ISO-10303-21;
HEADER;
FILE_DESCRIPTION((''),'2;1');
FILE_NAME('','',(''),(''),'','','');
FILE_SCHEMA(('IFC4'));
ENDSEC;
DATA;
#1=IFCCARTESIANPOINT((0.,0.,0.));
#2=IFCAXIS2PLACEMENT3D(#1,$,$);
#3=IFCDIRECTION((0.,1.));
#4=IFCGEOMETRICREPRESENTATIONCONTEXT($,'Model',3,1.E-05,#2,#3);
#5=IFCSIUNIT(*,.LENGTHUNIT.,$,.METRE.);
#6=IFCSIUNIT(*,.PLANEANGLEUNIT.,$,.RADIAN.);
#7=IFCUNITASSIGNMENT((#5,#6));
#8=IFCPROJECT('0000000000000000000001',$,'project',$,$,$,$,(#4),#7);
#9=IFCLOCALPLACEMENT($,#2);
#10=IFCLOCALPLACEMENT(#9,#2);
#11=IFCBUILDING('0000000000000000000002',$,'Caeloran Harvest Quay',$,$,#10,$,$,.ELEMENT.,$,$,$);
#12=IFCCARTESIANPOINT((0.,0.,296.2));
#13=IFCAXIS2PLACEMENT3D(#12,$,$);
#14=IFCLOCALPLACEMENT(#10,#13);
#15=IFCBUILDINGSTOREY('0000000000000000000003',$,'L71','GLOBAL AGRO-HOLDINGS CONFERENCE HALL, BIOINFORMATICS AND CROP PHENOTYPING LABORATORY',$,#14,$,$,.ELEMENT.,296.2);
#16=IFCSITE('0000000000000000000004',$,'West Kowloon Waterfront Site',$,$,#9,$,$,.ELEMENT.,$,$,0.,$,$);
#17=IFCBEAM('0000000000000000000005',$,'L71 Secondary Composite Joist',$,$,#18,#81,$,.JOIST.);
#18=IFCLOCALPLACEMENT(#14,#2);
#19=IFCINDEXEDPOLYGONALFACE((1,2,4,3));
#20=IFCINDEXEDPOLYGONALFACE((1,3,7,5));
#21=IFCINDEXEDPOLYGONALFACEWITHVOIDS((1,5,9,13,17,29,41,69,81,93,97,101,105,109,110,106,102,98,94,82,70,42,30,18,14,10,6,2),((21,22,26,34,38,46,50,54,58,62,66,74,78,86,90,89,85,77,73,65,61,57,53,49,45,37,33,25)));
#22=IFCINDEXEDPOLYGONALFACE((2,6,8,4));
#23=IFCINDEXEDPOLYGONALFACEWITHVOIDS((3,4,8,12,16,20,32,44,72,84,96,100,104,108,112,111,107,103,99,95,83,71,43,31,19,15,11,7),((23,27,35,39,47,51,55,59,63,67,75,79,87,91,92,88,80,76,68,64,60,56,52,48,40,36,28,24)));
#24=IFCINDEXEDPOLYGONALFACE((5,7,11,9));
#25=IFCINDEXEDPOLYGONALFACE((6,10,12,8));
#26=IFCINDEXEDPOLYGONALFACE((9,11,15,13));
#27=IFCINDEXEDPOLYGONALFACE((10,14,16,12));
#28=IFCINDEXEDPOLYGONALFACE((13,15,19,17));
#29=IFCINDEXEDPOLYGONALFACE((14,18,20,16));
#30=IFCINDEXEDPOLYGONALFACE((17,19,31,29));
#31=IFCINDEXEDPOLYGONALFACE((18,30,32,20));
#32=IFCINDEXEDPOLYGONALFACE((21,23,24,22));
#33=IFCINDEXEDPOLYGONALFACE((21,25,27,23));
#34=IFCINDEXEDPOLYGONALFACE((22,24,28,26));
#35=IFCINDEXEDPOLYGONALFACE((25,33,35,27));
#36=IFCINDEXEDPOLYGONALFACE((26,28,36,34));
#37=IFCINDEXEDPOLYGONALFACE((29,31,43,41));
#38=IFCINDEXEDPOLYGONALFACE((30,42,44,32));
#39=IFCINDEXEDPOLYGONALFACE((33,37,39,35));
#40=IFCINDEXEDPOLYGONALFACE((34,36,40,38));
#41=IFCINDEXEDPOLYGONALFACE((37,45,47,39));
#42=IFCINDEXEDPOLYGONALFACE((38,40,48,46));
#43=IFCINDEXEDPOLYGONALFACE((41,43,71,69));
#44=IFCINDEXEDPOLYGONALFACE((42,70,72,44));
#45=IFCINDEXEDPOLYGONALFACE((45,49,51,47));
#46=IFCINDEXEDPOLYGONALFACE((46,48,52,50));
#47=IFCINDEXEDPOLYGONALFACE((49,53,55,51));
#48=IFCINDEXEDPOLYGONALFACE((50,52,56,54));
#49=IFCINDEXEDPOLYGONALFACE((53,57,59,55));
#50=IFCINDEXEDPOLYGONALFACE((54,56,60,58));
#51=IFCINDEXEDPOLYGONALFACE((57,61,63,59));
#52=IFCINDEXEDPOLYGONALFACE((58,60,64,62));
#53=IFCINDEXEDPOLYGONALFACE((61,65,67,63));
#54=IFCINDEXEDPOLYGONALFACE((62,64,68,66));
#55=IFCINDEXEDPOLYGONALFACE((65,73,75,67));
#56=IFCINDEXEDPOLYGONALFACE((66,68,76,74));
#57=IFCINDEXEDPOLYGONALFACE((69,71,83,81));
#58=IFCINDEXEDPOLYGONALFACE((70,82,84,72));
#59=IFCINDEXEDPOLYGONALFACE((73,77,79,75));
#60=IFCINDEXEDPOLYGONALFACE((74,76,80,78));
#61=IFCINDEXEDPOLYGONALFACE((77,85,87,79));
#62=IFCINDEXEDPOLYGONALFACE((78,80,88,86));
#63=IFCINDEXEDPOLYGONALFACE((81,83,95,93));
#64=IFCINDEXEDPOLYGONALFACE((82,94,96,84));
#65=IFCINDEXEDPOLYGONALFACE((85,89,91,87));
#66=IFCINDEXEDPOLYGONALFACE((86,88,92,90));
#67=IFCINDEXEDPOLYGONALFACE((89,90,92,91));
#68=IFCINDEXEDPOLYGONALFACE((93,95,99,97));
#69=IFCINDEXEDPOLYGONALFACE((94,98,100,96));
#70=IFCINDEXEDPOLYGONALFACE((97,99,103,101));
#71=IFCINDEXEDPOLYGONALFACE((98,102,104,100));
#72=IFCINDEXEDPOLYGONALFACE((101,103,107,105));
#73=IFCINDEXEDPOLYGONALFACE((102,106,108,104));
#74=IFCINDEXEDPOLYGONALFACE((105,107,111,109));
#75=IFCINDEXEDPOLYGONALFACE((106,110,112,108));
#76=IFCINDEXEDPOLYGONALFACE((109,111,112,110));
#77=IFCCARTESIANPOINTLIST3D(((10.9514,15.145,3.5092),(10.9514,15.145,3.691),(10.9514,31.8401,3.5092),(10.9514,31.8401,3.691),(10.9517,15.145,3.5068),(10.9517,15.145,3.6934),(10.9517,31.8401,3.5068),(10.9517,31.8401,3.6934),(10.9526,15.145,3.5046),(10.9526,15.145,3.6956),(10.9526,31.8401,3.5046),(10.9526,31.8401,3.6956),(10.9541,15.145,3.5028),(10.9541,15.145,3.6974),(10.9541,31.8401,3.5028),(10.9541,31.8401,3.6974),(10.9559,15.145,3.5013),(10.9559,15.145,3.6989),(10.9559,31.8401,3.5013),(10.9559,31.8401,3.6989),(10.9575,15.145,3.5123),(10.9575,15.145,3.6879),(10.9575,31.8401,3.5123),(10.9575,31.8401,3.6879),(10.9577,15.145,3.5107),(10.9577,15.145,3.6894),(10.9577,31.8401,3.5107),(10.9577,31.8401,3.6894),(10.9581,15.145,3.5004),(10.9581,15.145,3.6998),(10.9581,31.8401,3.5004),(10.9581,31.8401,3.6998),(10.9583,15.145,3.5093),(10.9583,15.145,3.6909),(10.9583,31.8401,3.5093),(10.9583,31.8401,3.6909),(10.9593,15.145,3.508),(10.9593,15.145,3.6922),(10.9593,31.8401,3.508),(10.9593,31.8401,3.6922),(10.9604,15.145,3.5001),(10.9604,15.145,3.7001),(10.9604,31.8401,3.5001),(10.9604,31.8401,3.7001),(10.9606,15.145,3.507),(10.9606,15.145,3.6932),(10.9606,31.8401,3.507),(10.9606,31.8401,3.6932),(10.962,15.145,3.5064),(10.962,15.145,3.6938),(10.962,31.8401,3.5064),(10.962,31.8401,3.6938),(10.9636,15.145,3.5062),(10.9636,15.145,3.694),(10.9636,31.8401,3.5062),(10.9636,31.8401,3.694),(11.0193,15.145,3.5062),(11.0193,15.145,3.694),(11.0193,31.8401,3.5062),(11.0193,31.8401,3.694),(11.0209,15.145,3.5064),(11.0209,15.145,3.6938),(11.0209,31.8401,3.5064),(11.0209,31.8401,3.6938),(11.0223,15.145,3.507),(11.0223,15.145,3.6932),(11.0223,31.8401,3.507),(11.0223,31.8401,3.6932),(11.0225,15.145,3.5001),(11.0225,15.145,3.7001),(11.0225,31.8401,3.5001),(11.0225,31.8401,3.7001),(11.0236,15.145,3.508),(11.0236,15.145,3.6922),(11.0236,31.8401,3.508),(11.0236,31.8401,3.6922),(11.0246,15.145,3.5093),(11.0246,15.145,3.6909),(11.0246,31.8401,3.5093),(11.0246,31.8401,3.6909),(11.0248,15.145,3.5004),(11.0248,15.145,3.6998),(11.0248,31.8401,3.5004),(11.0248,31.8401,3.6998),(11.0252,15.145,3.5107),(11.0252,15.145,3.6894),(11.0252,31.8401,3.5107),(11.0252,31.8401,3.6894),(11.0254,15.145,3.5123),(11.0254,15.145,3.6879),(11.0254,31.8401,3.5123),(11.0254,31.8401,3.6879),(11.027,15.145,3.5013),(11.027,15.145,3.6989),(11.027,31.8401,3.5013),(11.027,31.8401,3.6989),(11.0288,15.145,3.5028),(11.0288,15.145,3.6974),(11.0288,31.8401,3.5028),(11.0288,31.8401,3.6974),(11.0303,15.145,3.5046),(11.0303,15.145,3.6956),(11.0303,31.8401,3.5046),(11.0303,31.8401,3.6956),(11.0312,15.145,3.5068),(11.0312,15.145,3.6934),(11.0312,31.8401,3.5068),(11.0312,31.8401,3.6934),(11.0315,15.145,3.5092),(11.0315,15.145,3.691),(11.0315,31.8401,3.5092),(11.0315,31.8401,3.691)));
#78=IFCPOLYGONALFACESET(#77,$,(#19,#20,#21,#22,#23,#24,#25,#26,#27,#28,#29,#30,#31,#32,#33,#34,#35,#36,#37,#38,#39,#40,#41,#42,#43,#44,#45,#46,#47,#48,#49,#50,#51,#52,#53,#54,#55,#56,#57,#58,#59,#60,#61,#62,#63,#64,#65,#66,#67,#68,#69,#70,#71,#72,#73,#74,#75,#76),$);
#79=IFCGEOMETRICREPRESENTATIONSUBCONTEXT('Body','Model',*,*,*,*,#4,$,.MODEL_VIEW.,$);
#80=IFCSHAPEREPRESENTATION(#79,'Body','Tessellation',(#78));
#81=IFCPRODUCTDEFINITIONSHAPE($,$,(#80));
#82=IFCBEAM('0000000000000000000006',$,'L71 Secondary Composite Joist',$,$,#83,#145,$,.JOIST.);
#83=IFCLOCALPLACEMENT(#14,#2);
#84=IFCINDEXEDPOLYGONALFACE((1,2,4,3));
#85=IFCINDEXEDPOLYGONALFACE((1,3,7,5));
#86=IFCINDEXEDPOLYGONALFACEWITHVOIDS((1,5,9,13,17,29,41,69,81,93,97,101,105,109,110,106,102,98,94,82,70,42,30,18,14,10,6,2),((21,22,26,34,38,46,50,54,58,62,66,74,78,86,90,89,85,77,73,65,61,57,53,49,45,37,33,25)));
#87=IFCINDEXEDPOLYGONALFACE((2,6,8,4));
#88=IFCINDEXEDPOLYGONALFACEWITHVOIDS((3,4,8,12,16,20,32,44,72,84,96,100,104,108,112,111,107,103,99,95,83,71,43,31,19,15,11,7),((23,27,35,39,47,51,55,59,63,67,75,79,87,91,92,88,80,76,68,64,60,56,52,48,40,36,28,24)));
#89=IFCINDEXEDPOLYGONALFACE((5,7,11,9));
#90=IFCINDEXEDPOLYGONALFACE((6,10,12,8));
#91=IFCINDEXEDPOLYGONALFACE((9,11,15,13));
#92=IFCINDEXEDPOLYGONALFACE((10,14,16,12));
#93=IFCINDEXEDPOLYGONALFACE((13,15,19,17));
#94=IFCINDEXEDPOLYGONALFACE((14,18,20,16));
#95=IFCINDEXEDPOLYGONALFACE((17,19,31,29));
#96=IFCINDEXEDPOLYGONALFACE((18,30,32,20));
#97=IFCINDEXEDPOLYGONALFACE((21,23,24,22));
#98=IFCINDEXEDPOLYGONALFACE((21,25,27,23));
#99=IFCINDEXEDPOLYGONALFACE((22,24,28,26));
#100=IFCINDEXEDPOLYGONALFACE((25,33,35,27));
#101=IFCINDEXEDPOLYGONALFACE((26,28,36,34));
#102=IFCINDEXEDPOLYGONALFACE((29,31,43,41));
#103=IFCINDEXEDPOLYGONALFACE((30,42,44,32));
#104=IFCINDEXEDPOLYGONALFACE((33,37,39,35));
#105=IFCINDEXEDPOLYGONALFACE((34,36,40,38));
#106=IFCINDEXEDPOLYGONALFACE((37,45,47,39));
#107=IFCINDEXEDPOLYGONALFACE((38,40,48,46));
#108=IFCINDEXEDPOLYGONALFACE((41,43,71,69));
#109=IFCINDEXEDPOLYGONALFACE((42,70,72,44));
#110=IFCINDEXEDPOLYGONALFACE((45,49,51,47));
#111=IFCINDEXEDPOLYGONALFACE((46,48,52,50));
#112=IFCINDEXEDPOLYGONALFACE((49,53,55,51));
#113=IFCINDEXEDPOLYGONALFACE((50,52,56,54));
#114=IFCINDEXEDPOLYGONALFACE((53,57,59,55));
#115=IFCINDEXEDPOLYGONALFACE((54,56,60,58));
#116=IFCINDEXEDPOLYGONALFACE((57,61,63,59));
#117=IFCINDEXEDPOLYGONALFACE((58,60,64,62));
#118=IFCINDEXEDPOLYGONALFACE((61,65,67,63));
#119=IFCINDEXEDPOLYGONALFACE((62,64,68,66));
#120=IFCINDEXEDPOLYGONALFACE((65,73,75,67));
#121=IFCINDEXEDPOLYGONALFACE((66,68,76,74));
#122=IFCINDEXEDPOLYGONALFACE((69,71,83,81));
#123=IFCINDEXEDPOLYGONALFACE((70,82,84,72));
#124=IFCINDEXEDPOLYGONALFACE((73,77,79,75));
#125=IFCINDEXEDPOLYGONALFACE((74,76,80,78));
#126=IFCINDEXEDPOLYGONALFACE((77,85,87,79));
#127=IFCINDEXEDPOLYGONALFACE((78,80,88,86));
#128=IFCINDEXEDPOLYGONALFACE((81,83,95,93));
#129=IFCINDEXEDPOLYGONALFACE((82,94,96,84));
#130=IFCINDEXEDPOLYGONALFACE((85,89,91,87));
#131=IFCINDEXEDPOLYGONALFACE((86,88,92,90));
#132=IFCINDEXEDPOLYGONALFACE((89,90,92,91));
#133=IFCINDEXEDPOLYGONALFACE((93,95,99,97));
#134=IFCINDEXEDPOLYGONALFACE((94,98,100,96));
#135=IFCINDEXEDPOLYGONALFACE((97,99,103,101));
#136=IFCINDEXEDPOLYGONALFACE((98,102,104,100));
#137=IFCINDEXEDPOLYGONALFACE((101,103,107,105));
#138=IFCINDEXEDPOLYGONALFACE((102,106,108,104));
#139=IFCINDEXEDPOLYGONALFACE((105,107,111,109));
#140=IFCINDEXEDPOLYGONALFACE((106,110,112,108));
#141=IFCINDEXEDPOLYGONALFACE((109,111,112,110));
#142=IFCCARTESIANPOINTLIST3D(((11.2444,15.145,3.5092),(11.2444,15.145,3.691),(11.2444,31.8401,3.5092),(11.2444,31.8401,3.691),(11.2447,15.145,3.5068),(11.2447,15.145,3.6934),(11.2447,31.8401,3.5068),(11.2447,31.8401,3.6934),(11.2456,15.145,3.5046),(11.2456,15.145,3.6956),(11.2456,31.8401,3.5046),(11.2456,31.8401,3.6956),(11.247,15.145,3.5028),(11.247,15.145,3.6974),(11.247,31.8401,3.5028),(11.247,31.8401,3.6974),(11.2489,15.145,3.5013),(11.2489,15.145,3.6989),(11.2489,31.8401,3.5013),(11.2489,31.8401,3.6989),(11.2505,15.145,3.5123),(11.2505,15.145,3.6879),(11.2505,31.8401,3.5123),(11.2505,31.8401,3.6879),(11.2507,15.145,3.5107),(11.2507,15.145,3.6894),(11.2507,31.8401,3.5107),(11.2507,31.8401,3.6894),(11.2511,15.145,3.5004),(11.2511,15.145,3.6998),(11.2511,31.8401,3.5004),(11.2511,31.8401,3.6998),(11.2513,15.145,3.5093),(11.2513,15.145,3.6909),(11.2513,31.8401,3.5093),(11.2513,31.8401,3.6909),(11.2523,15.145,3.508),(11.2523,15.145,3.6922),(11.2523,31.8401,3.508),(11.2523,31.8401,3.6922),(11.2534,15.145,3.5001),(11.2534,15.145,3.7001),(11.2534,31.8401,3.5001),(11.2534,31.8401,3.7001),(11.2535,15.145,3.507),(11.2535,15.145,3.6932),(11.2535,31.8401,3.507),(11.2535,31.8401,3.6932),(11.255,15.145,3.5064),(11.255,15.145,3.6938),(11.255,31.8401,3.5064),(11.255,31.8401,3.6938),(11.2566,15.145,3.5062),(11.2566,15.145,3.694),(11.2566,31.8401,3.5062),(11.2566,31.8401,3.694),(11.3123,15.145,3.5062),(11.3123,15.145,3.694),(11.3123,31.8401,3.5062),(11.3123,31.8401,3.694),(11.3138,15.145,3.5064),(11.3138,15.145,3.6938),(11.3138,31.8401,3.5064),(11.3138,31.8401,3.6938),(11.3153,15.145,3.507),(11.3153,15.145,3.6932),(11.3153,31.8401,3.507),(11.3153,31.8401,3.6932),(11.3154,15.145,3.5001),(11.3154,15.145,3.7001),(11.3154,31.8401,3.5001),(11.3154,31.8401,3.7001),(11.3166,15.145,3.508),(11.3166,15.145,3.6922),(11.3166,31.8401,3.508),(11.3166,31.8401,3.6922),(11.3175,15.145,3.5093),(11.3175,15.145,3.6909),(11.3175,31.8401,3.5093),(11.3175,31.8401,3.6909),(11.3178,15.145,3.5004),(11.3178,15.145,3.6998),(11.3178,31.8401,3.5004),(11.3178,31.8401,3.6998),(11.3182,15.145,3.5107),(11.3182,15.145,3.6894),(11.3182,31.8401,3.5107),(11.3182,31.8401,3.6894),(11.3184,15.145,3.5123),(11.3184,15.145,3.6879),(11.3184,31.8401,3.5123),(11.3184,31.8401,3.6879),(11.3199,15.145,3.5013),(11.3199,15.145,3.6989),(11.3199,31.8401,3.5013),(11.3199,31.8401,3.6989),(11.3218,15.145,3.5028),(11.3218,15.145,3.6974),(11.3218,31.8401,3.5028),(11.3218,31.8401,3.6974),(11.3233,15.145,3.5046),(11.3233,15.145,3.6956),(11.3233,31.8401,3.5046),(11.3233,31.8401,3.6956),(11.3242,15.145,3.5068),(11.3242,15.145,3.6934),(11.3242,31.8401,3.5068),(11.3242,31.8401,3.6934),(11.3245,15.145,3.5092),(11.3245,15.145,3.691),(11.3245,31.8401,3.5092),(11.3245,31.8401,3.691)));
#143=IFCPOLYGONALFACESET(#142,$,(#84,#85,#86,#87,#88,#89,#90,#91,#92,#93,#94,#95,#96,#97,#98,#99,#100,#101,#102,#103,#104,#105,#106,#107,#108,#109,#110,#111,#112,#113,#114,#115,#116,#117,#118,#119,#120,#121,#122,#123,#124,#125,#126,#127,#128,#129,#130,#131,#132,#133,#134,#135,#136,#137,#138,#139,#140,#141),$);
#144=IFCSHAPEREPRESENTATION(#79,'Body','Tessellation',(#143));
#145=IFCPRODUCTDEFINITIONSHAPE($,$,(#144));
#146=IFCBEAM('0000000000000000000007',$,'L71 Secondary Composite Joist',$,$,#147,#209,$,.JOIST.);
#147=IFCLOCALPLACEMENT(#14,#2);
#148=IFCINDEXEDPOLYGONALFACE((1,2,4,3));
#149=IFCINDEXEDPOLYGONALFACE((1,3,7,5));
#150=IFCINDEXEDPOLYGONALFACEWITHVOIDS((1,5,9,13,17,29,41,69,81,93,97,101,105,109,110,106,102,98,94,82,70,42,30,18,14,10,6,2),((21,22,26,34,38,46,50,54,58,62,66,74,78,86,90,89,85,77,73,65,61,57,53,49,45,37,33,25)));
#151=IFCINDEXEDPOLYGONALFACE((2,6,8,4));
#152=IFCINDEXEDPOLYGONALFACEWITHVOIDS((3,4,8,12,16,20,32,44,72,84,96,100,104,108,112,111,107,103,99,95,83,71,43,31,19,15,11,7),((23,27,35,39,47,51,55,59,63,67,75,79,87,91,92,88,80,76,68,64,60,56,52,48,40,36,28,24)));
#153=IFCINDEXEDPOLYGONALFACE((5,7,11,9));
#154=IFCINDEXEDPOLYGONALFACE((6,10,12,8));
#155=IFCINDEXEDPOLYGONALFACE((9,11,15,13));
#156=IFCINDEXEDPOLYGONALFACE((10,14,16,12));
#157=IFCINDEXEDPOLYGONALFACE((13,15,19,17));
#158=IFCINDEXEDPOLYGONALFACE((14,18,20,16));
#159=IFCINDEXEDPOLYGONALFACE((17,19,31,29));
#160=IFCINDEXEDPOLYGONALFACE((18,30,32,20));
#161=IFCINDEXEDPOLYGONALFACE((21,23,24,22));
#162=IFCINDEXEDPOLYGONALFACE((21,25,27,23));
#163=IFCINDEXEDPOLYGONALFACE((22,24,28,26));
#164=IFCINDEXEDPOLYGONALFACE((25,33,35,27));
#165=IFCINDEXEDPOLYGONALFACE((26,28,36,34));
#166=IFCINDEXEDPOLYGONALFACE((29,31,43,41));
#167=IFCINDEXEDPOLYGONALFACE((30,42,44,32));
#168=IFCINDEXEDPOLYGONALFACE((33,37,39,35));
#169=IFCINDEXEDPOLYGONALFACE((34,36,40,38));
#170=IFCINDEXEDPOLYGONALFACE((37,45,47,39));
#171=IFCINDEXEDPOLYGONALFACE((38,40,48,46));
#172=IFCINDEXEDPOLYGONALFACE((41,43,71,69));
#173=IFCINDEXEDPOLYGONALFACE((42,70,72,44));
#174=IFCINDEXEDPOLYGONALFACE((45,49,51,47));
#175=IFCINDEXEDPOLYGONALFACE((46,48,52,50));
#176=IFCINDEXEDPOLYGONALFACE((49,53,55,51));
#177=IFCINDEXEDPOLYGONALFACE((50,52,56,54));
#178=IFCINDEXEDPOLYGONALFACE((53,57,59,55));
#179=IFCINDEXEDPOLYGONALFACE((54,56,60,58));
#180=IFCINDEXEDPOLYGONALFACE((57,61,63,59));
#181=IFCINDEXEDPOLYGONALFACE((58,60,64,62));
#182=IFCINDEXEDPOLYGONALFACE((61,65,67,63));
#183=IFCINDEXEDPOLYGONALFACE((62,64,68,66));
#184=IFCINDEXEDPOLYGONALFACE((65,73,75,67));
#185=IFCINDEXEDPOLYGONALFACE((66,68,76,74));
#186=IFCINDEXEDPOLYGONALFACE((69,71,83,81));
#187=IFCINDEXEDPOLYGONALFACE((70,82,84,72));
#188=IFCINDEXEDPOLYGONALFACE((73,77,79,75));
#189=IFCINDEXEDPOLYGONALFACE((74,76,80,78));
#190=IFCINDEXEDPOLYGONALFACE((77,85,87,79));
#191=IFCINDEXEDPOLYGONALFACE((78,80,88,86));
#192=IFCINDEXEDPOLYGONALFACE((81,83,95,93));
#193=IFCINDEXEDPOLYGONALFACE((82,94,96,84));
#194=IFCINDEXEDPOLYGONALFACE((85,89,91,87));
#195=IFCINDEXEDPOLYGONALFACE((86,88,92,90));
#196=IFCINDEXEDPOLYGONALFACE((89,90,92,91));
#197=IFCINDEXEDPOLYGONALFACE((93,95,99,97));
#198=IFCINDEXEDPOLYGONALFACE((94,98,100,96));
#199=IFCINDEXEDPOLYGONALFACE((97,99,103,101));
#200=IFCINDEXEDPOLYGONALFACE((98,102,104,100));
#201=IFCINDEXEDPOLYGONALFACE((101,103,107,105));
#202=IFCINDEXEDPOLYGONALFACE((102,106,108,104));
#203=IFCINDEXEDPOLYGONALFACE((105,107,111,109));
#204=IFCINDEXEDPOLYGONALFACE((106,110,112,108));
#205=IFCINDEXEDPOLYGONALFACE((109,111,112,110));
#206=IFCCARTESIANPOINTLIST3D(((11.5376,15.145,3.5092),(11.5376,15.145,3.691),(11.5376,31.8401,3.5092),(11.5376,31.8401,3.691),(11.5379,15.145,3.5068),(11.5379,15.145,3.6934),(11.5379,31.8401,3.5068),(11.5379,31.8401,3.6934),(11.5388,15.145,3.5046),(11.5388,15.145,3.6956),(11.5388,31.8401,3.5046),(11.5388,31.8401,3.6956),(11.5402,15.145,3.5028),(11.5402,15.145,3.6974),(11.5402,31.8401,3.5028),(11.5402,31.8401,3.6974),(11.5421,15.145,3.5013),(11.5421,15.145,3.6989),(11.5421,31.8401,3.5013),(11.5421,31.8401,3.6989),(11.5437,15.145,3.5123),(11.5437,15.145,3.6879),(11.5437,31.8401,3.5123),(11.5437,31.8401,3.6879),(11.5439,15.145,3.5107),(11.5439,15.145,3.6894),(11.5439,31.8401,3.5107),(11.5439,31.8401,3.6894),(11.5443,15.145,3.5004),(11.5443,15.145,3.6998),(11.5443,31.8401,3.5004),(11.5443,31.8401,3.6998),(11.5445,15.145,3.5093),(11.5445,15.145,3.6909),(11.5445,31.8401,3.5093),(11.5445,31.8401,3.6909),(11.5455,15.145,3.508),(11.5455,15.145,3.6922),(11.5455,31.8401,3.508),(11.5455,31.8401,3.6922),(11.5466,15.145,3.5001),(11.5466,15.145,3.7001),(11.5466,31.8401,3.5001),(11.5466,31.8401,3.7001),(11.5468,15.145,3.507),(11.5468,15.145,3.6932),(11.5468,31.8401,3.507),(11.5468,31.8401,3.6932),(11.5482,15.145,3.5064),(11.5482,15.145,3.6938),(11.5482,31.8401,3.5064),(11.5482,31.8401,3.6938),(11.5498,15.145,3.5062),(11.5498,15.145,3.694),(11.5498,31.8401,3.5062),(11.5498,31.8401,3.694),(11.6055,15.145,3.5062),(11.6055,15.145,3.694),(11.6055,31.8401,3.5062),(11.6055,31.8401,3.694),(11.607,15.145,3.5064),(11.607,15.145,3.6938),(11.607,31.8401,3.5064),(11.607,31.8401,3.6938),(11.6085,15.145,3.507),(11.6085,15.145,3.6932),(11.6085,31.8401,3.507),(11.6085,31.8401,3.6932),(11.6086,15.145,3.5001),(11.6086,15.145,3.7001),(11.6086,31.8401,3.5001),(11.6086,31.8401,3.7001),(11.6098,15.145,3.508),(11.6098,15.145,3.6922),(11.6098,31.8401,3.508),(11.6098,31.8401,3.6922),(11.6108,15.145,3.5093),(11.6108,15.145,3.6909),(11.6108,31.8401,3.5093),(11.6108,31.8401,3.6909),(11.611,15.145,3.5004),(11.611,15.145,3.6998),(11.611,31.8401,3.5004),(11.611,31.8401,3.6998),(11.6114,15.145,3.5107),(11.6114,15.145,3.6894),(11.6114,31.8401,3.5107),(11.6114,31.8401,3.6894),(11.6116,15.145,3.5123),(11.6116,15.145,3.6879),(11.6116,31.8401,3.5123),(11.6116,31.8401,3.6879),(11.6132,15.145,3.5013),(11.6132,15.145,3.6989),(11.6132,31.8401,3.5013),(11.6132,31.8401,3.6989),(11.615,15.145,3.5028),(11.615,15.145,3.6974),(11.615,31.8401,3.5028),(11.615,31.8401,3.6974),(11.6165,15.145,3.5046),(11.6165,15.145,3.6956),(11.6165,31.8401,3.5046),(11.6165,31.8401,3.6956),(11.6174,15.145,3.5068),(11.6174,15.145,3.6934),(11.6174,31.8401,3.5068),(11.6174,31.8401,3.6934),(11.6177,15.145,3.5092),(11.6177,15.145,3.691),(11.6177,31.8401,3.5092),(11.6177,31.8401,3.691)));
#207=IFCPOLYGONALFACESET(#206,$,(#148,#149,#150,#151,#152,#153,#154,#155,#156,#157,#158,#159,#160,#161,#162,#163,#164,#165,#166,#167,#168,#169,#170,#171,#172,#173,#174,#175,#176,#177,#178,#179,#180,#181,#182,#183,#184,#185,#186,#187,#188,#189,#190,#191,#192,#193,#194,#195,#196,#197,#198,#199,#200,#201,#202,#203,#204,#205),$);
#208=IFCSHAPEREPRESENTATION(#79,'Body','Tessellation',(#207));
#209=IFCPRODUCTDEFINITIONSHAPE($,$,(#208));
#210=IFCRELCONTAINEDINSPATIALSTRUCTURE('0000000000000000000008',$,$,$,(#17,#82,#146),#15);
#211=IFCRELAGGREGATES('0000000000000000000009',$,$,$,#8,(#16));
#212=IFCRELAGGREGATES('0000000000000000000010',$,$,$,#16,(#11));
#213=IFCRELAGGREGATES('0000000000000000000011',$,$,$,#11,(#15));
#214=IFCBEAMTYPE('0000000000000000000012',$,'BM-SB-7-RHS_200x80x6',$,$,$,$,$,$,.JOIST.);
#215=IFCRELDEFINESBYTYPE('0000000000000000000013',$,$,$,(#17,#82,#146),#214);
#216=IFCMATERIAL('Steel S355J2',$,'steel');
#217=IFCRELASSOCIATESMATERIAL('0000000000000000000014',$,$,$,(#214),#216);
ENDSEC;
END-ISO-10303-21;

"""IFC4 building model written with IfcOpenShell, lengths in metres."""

from ifc_helpers import new_model, si_unit, direction, frame, origin, origin_2d, place, context, subcontext, project, spatial, hollow_rectangle, extrude, material, material_profile, profile_set, type_object, element, save


model = new_model("IFC4")

# Units and contexts
model_context = context("Model", 3, precision=1e-05, world=origin(), true_north=direction((0.0, 1.0)))
body_context = subcontext(model_context, "Body", "Model", "MODEL_VIEW")
ifc_project = project(units=[si_unit("LENGTHUNIT", "METRE"), si_unit("PLANEANGLEUNIT", "RADIAN")], contexts=[model_context])

# Site, building, storey
site_placement = place(None, origin())
site = spatial("IfcSite", under=ifc_project, at=site_placement, Name="West Kowloon Waterfront Site", CompositionType="ELEMENT", RefElevation=0.0)
building_placement = place(site_placement, origin())
building = spatial("IfcBuilding", under=site, at=building_placement, Name="Caeloran Harvest Quay", CompositionType="ELEMENT")
storey_placement = place(building_placement, frame((0.0, 0.0, 296.2)))
storey = spatial("IfcBuildingStorey", under=building, at=storey_placement, Name="L71", Description="GLOBAL AGRO-HOLDINGS CONFERENCE HALL, BIOINFORMATICS AND CROP PHENOTYPING LABORATORY", CompositionType="ELEMENT", Elevation=296.2)

# Beams
ifc_material_1 = material(Name="Steel S355J2", Category="steel")
ifc_material_profile_1 = material_profile(ifc_material_1, hollow_rectangle(XDim=0.0801, YDim=0.2, WallThickness=0.0061, InnerFilletRadius=0.0061, OuterFilletRadius=0.009, at=origin_2d()), Name="RHS 200x80x6")
ifc_profile_set_1 = profile_set([ifc_material_profile_1], Name="Steel S355J2")
beam_type_1 = type_object("IfcBeamType", Name="BM-SB-7-RHS_200x80x6", PredefinedType="JOIST", material=ifc_profile_set_1)
for number, where, z_axis, x_axis, name in (
    (1, (10.9915, 15.145, 3.6001), (0.0, 1.0, 0.0), (-1.0, 0.0, 0.0), "L71 Secondary Composite Joist"),
    (2, (11.2844, 15.145, 3.6001), (0.0, 1.0, 0.0), (-1.0, 0.0, 0.0), "L71 Secondary Composite Joist"),
    (3, (11.5776, 15.145, 3.6001), (0.0, 1.0, 0.0), (-1.0, 0.0, 0.0), "L71 Secondary Composite Joist"),
):
    element("IfcBeam", number, at=place(storey_placement, frame(where, z_axis=z_axis, x_axis=x_axis)), inside=storey, type_object=beam_type_1, Name=name, PredefinedType="JOIST", context=body_context, shape_type="SweptSolid", body=[
        extrude(hollow_rectangle(XDim=0.0801, YDim=0.2, WallThickness=0.0061, InnerFilletRadius=0.0061, OuterFilletRadius=0.009, at=origin_2d()), origin(), (0.0, 0.0, 1.0), 16.6951),
    ])

save(model, "model.ifc")
